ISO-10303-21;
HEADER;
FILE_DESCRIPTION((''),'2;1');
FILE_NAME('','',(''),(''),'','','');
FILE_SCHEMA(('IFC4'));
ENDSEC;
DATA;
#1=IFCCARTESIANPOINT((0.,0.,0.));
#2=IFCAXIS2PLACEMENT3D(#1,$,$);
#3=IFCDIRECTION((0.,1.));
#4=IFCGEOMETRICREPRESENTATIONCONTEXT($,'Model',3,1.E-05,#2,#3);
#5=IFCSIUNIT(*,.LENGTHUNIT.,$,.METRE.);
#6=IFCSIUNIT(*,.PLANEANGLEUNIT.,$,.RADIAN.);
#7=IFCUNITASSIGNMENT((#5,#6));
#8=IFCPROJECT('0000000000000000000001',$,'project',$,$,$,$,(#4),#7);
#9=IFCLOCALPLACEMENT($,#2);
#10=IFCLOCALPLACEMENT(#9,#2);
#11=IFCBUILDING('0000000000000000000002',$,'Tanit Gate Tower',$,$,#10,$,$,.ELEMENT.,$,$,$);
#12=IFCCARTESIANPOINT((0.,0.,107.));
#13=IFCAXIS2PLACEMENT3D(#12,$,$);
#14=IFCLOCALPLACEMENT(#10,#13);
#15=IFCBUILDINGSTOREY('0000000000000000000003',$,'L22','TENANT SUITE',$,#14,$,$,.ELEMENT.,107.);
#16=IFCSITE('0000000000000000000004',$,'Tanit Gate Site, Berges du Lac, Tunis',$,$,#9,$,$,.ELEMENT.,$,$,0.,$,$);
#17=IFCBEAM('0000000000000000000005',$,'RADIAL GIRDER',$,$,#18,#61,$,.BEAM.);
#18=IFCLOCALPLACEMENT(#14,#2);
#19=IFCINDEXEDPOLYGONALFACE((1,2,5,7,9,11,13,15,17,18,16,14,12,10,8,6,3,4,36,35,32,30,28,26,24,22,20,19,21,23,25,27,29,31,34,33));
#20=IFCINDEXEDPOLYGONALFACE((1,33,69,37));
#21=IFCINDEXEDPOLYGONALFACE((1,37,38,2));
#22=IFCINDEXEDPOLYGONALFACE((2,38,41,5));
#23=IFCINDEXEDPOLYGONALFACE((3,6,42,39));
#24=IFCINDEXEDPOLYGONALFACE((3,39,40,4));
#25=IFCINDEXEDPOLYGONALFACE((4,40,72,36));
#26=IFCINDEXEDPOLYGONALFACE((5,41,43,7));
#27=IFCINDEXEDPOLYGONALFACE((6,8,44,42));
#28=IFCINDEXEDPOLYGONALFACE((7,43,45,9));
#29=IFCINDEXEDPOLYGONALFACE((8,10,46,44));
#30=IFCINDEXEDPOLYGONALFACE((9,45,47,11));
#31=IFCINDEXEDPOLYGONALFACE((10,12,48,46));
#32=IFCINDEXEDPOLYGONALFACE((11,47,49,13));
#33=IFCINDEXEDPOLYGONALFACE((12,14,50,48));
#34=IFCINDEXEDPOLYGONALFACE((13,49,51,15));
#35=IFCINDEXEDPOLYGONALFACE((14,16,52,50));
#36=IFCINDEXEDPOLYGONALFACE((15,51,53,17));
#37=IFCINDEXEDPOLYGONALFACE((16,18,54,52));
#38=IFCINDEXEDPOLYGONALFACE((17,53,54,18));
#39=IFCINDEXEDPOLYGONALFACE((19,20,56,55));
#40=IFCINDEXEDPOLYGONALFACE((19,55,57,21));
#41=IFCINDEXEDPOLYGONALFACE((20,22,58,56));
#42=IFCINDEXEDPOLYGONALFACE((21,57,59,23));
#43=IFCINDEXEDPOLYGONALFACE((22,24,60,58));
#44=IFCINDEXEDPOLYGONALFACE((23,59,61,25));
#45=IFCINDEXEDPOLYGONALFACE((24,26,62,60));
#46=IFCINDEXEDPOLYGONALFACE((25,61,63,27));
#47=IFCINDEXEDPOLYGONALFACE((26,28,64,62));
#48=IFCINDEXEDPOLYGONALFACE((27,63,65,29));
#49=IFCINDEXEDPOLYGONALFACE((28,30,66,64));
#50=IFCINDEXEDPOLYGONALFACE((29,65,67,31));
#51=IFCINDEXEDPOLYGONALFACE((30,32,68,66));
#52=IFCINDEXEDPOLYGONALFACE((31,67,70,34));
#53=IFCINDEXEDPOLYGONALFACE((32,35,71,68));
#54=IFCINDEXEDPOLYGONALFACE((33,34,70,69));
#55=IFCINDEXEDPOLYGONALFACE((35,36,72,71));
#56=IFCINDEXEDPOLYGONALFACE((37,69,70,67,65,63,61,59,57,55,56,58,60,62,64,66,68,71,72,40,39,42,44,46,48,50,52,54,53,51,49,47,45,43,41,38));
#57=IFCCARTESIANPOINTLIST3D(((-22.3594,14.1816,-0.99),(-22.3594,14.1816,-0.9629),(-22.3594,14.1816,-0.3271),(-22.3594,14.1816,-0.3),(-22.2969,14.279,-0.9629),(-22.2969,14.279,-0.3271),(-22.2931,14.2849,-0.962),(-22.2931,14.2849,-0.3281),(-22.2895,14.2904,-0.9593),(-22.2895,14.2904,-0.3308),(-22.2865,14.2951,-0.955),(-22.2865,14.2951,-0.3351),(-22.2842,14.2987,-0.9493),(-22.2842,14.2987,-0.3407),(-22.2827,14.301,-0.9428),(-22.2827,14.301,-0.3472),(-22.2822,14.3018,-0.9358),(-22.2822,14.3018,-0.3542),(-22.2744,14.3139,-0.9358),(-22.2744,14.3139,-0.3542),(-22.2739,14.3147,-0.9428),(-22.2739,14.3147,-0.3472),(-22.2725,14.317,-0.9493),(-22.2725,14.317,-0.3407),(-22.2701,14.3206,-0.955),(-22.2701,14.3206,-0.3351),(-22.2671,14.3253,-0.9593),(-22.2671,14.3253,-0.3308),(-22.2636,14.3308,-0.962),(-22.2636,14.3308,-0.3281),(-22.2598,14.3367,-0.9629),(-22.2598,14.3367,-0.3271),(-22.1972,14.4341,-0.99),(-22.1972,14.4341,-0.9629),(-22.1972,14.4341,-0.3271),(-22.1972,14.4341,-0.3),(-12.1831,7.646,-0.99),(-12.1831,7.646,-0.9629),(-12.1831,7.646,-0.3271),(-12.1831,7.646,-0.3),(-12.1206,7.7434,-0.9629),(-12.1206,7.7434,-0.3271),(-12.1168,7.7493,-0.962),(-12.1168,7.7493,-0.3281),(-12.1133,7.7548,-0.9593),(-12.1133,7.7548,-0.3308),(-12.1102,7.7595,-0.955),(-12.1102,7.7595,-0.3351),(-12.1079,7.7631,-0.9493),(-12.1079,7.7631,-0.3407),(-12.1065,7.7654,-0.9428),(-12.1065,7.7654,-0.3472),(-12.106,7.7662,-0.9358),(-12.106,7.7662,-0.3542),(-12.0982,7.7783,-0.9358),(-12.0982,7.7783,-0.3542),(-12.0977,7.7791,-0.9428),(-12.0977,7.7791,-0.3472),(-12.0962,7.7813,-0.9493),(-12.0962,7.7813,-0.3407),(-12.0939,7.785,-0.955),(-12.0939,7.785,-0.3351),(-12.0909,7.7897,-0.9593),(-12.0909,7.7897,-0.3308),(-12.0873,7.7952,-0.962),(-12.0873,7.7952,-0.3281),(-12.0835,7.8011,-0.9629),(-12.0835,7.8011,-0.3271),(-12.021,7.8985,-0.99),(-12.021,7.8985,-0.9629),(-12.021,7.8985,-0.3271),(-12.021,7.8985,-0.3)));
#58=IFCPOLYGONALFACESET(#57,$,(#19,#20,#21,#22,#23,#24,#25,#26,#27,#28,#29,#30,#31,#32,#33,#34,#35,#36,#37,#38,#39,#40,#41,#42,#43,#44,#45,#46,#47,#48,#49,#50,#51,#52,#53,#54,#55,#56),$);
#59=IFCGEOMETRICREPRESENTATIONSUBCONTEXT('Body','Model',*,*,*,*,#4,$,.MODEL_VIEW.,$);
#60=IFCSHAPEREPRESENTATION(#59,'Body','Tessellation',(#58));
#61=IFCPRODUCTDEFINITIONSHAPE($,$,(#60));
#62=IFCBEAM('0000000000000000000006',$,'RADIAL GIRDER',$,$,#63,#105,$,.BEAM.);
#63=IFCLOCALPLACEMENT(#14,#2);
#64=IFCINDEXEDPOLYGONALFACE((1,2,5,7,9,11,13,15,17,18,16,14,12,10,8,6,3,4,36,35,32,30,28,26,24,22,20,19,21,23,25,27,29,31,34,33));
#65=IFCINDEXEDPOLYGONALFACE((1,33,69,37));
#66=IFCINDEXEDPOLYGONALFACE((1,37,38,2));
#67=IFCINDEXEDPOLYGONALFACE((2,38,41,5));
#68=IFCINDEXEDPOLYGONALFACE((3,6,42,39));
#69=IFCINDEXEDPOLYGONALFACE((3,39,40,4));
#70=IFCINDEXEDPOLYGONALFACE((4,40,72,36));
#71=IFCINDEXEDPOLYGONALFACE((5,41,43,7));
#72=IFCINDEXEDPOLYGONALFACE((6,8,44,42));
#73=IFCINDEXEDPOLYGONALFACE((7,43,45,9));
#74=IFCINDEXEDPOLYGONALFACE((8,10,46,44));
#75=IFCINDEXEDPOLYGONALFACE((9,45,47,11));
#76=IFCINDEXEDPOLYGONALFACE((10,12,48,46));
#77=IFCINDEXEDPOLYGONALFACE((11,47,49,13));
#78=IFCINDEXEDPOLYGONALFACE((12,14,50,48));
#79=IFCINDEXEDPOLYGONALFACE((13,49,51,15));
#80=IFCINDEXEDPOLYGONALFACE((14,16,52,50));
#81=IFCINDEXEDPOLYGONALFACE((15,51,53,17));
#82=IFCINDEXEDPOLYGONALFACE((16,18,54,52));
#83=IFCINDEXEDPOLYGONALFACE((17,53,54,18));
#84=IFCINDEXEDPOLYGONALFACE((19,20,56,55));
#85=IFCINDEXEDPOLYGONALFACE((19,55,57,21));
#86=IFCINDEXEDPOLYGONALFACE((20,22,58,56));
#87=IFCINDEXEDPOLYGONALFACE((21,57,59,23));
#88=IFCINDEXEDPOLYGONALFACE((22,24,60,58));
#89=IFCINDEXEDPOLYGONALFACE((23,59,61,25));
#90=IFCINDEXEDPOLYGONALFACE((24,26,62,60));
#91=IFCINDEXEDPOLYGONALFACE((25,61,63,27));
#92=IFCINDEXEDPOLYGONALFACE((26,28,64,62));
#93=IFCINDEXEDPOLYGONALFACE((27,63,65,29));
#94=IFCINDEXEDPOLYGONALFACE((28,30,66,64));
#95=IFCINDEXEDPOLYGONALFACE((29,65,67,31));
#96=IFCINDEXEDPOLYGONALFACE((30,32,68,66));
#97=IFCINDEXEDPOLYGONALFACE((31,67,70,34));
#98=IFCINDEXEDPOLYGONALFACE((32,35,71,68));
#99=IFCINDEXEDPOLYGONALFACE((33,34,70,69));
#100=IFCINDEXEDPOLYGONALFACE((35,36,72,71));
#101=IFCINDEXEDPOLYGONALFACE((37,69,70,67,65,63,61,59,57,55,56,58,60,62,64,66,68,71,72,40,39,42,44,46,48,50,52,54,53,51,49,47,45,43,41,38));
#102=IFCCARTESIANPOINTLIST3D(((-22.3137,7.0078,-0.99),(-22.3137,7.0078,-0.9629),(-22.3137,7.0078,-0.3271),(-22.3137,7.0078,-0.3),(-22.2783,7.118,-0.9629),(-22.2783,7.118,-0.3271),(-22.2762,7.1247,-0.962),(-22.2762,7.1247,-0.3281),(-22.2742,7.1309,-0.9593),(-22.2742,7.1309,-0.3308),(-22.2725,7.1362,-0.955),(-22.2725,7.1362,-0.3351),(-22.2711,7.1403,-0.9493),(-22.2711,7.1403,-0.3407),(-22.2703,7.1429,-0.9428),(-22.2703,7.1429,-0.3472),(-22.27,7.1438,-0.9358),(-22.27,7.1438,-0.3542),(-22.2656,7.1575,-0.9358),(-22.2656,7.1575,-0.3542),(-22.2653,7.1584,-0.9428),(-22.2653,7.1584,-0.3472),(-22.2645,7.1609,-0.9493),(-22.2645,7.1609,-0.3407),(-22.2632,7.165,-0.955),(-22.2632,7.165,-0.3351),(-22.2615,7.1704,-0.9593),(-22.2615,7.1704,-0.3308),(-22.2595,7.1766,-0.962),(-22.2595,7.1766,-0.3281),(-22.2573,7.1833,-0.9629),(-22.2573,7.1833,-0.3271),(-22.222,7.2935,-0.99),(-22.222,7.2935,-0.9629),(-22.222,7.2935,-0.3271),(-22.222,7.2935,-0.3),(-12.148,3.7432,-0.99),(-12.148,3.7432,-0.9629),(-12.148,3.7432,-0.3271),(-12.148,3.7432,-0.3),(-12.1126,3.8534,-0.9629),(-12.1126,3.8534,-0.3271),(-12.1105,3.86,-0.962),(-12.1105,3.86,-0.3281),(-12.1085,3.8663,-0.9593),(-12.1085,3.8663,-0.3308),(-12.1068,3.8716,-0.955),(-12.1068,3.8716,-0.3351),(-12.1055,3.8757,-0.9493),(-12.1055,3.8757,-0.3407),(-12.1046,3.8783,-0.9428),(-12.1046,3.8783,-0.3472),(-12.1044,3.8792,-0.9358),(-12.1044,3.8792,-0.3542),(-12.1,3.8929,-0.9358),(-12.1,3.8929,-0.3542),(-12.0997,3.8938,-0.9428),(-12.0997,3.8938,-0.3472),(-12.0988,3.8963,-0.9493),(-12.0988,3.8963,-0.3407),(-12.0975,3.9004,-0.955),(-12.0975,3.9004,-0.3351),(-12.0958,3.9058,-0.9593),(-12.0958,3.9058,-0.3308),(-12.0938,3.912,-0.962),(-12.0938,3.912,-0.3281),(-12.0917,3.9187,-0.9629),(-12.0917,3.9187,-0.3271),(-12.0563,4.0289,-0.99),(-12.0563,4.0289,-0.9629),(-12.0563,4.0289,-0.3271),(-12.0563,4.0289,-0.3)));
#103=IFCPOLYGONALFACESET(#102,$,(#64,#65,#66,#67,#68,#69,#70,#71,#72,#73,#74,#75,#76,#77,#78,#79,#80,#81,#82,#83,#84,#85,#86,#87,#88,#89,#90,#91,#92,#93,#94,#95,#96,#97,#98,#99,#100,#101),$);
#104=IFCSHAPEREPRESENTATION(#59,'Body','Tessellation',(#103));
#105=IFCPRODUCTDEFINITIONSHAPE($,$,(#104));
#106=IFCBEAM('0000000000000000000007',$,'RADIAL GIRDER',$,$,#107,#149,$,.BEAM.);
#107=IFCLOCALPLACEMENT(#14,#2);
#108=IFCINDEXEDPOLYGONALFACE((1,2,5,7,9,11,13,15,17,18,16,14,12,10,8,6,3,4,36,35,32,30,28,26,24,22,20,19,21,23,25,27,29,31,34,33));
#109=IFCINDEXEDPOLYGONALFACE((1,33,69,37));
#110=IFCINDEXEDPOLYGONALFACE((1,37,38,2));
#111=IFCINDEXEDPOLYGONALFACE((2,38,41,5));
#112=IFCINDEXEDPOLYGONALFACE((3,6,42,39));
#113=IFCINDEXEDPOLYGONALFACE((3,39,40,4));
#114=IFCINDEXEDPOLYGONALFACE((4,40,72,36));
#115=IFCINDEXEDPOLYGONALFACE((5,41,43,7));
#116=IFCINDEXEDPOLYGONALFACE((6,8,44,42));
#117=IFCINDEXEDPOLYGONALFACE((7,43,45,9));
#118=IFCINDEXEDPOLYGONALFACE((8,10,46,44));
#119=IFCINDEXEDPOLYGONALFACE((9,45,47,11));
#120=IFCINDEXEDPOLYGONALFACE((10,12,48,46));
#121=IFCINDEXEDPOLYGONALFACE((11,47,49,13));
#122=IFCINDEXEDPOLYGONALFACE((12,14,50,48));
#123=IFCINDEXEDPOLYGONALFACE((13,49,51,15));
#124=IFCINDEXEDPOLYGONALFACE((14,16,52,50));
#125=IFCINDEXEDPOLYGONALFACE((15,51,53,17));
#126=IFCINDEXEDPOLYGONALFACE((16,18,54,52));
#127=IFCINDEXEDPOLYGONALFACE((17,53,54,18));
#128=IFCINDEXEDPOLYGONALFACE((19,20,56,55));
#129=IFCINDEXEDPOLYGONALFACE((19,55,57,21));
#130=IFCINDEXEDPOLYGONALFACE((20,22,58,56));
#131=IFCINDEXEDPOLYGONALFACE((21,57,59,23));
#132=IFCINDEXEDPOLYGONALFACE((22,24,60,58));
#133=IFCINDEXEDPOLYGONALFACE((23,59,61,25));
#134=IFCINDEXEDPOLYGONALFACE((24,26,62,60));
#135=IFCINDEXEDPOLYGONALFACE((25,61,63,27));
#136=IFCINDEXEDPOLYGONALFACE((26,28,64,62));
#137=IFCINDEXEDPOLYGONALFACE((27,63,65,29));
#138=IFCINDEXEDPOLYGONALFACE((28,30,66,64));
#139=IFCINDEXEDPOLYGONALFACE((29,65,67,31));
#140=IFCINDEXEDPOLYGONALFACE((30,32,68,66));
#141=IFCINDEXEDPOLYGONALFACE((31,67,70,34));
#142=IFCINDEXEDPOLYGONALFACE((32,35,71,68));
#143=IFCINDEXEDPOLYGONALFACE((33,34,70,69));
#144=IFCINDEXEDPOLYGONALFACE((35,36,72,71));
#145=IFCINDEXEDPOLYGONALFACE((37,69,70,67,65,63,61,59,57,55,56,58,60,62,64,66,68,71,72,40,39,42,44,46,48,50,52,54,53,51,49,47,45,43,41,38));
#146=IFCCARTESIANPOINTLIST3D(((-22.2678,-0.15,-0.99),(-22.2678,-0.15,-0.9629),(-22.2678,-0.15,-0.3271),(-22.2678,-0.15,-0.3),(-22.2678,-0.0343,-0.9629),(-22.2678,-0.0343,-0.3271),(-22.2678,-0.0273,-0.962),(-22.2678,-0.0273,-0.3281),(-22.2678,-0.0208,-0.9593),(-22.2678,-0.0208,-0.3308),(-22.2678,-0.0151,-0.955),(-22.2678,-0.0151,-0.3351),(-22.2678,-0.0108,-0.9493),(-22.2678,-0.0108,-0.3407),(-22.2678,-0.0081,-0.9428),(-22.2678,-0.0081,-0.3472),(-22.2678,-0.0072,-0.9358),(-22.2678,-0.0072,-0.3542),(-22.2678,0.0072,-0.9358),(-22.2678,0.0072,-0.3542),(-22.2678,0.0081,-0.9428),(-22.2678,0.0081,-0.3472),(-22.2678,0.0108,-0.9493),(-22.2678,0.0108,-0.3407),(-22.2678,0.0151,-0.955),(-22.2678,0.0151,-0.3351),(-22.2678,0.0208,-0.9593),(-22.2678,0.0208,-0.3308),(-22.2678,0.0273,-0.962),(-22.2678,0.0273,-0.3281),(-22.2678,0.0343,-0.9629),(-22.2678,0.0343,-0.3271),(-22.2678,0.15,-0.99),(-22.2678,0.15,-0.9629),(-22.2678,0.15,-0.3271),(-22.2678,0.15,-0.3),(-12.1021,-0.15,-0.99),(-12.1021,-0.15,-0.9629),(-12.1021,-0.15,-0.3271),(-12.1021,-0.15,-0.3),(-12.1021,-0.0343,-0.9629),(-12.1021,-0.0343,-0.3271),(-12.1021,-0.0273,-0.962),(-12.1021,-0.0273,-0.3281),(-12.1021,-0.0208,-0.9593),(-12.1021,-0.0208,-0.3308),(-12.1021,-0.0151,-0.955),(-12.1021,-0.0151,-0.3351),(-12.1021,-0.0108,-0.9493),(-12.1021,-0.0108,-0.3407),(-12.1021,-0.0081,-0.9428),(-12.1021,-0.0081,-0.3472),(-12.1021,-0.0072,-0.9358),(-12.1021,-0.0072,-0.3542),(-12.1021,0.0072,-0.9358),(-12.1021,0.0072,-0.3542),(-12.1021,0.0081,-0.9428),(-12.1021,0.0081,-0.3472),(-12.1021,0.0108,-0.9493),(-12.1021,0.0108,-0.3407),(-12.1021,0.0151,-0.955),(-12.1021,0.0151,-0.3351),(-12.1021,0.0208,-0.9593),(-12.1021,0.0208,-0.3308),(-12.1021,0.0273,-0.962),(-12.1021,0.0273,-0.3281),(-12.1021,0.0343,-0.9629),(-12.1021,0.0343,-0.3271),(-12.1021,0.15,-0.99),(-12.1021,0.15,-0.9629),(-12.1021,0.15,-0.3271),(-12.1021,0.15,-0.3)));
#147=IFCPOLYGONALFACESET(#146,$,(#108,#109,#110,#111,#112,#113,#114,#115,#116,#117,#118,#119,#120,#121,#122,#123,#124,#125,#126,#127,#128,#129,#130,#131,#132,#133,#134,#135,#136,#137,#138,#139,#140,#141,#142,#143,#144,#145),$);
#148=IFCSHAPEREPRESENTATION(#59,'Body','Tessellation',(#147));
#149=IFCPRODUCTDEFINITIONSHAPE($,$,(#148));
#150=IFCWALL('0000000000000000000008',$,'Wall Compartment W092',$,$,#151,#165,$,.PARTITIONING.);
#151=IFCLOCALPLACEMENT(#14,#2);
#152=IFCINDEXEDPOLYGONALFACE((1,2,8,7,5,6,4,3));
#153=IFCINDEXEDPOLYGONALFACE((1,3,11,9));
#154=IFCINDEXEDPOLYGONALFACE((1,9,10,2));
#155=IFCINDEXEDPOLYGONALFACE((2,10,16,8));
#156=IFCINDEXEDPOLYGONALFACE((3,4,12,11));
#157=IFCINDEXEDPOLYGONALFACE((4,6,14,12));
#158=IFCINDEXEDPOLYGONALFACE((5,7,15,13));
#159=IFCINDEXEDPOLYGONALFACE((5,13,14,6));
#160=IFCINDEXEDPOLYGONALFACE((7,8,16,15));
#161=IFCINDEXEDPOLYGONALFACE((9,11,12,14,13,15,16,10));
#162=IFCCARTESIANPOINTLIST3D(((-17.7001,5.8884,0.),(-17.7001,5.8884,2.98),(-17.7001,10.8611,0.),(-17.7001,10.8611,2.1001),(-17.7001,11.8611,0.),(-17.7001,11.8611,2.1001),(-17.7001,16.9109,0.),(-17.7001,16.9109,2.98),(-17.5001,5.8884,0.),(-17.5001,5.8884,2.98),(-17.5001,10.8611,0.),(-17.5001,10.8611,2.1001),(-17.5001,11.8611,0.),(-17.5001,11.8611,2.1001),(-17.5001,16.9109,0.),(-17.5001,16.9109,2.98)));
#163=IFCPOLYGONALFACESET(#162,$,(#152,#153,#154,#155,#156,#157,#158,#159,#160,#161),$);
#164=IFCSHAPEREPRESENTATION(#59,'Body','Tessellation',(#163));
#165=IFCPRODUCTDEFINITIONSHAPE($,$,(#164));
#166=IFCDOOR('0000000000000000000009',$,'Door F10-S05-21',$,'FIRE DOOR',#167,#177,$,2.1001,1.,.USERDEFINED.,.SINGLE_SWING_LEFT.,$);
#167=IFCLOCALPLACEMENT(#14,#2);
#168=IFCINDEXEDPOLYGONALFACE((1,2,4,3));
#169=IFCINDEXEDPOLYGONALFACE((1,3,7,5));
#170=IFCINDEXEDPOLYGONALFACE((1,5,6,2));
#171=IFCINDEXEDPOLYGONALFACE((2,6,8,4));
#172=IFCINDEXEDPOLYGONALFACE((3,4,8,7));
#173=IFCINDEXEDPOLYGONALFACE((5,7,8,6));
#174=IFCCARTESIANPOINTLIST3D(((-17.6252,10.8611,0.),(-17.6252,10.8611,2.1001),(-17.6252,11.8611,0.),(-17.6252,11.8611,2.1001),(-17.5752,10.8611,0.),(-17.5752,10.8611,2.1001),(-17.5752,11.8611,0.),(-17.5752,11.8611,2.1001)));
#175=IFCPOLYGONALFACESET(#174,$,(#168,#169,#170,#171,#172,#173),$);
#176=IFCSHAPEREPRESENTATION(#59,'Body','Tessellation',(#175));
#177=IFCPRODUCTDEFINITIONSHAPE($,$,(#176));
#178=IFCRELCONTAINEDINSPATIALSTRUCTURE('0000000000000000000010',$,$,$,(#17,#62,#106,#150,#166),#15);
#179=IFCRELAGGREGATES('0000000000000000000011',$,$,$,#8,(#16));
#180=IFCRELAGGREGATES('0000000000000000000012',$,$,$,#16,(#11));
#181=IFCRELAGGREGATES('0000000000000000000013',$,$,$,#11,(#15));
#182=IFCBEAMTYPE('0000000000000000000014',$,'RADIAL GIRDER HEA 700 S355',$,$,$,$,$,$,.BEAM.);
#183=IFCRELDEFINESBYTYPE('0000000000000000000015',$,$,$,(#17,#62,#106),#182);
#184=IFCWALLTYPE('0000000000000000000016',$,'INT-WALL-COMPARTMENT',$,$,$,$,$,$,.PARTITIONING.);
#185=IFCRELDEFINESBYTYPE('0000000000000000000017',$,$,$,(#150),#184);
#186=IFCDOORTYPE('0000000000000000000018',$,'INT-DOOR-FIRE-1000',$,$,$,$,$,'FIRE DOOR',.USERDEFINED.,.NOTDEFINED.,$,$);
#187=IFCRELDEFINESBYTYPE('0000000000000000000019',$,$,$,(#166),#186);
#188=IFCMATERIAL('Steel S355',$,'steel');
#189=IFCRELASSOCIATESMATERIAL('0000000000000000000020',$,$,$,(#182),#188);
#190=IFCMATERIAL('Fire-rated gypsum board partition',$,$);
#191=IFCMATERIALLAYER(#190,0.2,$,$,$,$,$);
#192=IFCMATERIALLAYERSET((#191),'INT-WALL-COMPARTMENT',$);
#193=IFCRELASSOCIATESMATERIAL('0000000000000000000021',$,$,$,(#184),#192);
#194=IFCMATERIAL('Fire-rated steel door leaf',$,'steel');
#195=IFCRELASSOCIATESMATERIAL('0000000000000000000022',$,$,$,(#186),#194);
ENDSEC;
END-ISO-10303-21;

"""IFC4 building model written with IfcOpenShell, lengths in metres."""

from ifc_helpers import new_model, si_unit, direction, frame, frame_2d, origin, origin_2d, place, context, subcontext, project, spatial, rectangle, i_section, extrude, material, layer, layer_set, material_profile, profile_set, type_object, element, fill, save


model = new_model("IFC4")

# Units and contexts
model_context = context("Model", 3, precision=1e-05, world=origin(), true_north=direction((0.0, 1.0)))
body_context = subcontext(model_context, "Body", "Model", "MODEL_VIEW")
ifc_project = project(units=[si_unit("LENGTHUNIT", "METRE"), si_unit("PLANEANGLEUNIT", "RADIAN")], contexts=[model_context])

# Site, building, storey
site_placement = place(None, origin())
site = spatial("IfcSite", under=ifc_project, at=site_placement, Name="Tanit Gate Site, Berges du Lac, Tunis", CompositionType="ELEMENT", RefElevation=0.0)
building_placement = place(site_placement, origin())
building = spatial("IfcBuilding", under=site, at=building_placement, Name="Tanit Gate Tower", CompositionType="ELEMENT")
storey_placement = place(building_placement, frame((0.0, 0.0, 107.0)))
storey = spatial("IfcBuildingStorey", under=building, at=storey_placement, Name="L22", Description="TENANT SUITE", CompositionType="ELEMENT", Elevation=107.0)

# Beams
ifc_material_1 = material(Name="Steel S355", Category="steel")
ifc_material_profile = material_profile(ifc_material_1, i_section(OverallWidth=0.3, OverallDepth=0.6899, WebThickness=0.0144, FlangeThickness=0.0271, FilletRadius=0.0271, at=origin_2d()), Name="HEA 700")
ifc_profile_set = profile_set([ifc_material_profile], Name="Steel S355")
beam_type = type_object("IfcBeamType", Name="RADIAL GIRDER HEA 700 S355", PredefinedType="BEAM", material=ifc_profile_set)
beam_1_placement = place(storey_placement, frame((-22.2783, 14.3079, -0.645), z_axis=(0.841413, -0.540392, 0.0), x_axis=(0.540392, 0.841413, 0.0)))
element("IfcBeam", 1, at=beam_1_placement, inside=storey, type_object=beam_type, Name="RADIAL GIRDER", PredefinedType="BEAM", context=body_context, shape_type="SweptSolid", body=[
    extrude(i_section(OverallWidth=0.3, OverallDepth=0.6899, WebThickness=0.0144, FlangeThickness=0.0271, FilletRadius=0.0271, at=origin_2d()), origin(), (0.0, 0.0, 1.0), 12.0942),
])
beam_2_placement = place(storey_placement, frame((-22.2678, 7.1506, -0.645), z_axis=(0.952108, -0.305761, 0.0), x_axis=(0.305761, 0.952108, 0.0)))
element("IfcBeam", 2, at=beam_2_placement, inside=storey, type_object=beam_type, Name="RADIAL GIRDER", PredefinedType="BEAM", context=body_context, shape_type="SweptSolid", body=[
    extrude(i_section(OverallWidth=0.3, OverallDepth=0.6899, WebThickness=0.0144, FlangeThickness=0.0271, FilletRadius=0.0271, at=origin_2d()), origin(), (0.0, 0.0, 1.0), 10.677),
])
beam_3_placement = place(storey_placement, frame((-22.2678, 0.0, -0.645), z_axis=(1.0, 0.0, 0.0), x_axis=(0.0, 1.0, 0.0)))
element("IfcBeam", 3, at=beam_3_placement, inside=storey, type_object=beam_type, Name="RADIAL GIRDER", PredefinedType="BEAM", context=body_context, shape_type="SweptSolid", body=[
    extrude(i_section(OverallWidth=0.3, OverallDepth=0.6899, WebThickness=0.0144, FlangeThickness=0.0271, FilletRadius=0.0271, at=origin_2d()), origin(), (0.0, 0.0, 1.0), 10.1658),
])

# Wall, opening, door
ifc_material_2 = material(Name="Fire-rated gypsum board partition")
ifc_layer_1 = layer(ifc_material_2, 0.2)
ifc_layer_set_1 = layer_set([ifc_layer_1], Name="INT-WALL-COMPARTMENT")
wall_type_1 = type_object("IfcWallType", Name="INT-WALL-COMPARTMENT", PredefinedType="PARTITIONING", material=ifc_layer_set_1)
wall_1_placement = place(storey_placement, frame((-17.6001, 16.9109, 0.0), z_axis=(0.0, 0.0, 1.0), x_axis=(0.0, -1.0, 0.0)))
wall_1 = element("IfcWall", 4, at=wall_1_placement, inside=storey, type_object=wall_type_1, Name="Wall Compartment W092", PredefinedType="PARTITIONING", context=body_context, shape_type="SweptSolid", body=[
    extrude(rectangle(XDim=11.0225, YDim=0.2, at=frame_2d((5.5112, 0.0))), origin(), (0.0, 0.0, 1.0), 2.98),
])
opening_1_placement = place(wall_1_placement, frame((5.0498, 0.0, 0.0)))
opening_1 = element("IfcOpeningElement", 5, at=opening_1_placement, cuts=wall_1, PredefinedType="OPENING", context=body_context, shape_type="SweptSolid", body=[
    extrude(rectangle(XDim=1.0, YDim=2.1001, at=frame_2d((0.5, 1.05))), frame((0.0, 0.1099, 0.0), z_axis=(0.0, -1.0, 0.0), x_axis=(1.0, 0.0, 0.0)), (0.0, 0.0, 1.0), 0.22),
])
ifc_material_3 = material(Name="Fire-rated steel door leaf", Category="steel")
door_type_1 = type_object("IfcDoorType", Name="INT-DOOR-FIRE-1000", ElementType="FIRE DOOR", OperationType="NOTDEFINED", PredefinedType="USERDEFINED", material=ifc_material_3)
door_1_placement = place(opening_1_placement, origin())
door_1 = element("IfcDoor", 6, at=door_1_placement, inside=storey, type_object=door_type_1, Name="Door F10-S05-21", ObjectType="FIRE DOOR", OperationType="SINGLE_SWING_LEFT", OverallHeight=2.1001, OverallWidth=1.0, PredefinedType="USERDEFINED", context=body_context, shape_type="SweptSolid", body=[
    extrude(rectangle(XDim=1.0, YDim=2.1001, at=frame_2d((0.5, 1.05))), frame((0.0, 0.0249, 0.0), z_axis=(0.0, -1.0, 0.0), x_axis=(1.0, 0.0, 0.0)), (0.0, 0.0, 1.0), 0.05),
])
fill(opening_1, door_1)

save(model, "model.ifc")
